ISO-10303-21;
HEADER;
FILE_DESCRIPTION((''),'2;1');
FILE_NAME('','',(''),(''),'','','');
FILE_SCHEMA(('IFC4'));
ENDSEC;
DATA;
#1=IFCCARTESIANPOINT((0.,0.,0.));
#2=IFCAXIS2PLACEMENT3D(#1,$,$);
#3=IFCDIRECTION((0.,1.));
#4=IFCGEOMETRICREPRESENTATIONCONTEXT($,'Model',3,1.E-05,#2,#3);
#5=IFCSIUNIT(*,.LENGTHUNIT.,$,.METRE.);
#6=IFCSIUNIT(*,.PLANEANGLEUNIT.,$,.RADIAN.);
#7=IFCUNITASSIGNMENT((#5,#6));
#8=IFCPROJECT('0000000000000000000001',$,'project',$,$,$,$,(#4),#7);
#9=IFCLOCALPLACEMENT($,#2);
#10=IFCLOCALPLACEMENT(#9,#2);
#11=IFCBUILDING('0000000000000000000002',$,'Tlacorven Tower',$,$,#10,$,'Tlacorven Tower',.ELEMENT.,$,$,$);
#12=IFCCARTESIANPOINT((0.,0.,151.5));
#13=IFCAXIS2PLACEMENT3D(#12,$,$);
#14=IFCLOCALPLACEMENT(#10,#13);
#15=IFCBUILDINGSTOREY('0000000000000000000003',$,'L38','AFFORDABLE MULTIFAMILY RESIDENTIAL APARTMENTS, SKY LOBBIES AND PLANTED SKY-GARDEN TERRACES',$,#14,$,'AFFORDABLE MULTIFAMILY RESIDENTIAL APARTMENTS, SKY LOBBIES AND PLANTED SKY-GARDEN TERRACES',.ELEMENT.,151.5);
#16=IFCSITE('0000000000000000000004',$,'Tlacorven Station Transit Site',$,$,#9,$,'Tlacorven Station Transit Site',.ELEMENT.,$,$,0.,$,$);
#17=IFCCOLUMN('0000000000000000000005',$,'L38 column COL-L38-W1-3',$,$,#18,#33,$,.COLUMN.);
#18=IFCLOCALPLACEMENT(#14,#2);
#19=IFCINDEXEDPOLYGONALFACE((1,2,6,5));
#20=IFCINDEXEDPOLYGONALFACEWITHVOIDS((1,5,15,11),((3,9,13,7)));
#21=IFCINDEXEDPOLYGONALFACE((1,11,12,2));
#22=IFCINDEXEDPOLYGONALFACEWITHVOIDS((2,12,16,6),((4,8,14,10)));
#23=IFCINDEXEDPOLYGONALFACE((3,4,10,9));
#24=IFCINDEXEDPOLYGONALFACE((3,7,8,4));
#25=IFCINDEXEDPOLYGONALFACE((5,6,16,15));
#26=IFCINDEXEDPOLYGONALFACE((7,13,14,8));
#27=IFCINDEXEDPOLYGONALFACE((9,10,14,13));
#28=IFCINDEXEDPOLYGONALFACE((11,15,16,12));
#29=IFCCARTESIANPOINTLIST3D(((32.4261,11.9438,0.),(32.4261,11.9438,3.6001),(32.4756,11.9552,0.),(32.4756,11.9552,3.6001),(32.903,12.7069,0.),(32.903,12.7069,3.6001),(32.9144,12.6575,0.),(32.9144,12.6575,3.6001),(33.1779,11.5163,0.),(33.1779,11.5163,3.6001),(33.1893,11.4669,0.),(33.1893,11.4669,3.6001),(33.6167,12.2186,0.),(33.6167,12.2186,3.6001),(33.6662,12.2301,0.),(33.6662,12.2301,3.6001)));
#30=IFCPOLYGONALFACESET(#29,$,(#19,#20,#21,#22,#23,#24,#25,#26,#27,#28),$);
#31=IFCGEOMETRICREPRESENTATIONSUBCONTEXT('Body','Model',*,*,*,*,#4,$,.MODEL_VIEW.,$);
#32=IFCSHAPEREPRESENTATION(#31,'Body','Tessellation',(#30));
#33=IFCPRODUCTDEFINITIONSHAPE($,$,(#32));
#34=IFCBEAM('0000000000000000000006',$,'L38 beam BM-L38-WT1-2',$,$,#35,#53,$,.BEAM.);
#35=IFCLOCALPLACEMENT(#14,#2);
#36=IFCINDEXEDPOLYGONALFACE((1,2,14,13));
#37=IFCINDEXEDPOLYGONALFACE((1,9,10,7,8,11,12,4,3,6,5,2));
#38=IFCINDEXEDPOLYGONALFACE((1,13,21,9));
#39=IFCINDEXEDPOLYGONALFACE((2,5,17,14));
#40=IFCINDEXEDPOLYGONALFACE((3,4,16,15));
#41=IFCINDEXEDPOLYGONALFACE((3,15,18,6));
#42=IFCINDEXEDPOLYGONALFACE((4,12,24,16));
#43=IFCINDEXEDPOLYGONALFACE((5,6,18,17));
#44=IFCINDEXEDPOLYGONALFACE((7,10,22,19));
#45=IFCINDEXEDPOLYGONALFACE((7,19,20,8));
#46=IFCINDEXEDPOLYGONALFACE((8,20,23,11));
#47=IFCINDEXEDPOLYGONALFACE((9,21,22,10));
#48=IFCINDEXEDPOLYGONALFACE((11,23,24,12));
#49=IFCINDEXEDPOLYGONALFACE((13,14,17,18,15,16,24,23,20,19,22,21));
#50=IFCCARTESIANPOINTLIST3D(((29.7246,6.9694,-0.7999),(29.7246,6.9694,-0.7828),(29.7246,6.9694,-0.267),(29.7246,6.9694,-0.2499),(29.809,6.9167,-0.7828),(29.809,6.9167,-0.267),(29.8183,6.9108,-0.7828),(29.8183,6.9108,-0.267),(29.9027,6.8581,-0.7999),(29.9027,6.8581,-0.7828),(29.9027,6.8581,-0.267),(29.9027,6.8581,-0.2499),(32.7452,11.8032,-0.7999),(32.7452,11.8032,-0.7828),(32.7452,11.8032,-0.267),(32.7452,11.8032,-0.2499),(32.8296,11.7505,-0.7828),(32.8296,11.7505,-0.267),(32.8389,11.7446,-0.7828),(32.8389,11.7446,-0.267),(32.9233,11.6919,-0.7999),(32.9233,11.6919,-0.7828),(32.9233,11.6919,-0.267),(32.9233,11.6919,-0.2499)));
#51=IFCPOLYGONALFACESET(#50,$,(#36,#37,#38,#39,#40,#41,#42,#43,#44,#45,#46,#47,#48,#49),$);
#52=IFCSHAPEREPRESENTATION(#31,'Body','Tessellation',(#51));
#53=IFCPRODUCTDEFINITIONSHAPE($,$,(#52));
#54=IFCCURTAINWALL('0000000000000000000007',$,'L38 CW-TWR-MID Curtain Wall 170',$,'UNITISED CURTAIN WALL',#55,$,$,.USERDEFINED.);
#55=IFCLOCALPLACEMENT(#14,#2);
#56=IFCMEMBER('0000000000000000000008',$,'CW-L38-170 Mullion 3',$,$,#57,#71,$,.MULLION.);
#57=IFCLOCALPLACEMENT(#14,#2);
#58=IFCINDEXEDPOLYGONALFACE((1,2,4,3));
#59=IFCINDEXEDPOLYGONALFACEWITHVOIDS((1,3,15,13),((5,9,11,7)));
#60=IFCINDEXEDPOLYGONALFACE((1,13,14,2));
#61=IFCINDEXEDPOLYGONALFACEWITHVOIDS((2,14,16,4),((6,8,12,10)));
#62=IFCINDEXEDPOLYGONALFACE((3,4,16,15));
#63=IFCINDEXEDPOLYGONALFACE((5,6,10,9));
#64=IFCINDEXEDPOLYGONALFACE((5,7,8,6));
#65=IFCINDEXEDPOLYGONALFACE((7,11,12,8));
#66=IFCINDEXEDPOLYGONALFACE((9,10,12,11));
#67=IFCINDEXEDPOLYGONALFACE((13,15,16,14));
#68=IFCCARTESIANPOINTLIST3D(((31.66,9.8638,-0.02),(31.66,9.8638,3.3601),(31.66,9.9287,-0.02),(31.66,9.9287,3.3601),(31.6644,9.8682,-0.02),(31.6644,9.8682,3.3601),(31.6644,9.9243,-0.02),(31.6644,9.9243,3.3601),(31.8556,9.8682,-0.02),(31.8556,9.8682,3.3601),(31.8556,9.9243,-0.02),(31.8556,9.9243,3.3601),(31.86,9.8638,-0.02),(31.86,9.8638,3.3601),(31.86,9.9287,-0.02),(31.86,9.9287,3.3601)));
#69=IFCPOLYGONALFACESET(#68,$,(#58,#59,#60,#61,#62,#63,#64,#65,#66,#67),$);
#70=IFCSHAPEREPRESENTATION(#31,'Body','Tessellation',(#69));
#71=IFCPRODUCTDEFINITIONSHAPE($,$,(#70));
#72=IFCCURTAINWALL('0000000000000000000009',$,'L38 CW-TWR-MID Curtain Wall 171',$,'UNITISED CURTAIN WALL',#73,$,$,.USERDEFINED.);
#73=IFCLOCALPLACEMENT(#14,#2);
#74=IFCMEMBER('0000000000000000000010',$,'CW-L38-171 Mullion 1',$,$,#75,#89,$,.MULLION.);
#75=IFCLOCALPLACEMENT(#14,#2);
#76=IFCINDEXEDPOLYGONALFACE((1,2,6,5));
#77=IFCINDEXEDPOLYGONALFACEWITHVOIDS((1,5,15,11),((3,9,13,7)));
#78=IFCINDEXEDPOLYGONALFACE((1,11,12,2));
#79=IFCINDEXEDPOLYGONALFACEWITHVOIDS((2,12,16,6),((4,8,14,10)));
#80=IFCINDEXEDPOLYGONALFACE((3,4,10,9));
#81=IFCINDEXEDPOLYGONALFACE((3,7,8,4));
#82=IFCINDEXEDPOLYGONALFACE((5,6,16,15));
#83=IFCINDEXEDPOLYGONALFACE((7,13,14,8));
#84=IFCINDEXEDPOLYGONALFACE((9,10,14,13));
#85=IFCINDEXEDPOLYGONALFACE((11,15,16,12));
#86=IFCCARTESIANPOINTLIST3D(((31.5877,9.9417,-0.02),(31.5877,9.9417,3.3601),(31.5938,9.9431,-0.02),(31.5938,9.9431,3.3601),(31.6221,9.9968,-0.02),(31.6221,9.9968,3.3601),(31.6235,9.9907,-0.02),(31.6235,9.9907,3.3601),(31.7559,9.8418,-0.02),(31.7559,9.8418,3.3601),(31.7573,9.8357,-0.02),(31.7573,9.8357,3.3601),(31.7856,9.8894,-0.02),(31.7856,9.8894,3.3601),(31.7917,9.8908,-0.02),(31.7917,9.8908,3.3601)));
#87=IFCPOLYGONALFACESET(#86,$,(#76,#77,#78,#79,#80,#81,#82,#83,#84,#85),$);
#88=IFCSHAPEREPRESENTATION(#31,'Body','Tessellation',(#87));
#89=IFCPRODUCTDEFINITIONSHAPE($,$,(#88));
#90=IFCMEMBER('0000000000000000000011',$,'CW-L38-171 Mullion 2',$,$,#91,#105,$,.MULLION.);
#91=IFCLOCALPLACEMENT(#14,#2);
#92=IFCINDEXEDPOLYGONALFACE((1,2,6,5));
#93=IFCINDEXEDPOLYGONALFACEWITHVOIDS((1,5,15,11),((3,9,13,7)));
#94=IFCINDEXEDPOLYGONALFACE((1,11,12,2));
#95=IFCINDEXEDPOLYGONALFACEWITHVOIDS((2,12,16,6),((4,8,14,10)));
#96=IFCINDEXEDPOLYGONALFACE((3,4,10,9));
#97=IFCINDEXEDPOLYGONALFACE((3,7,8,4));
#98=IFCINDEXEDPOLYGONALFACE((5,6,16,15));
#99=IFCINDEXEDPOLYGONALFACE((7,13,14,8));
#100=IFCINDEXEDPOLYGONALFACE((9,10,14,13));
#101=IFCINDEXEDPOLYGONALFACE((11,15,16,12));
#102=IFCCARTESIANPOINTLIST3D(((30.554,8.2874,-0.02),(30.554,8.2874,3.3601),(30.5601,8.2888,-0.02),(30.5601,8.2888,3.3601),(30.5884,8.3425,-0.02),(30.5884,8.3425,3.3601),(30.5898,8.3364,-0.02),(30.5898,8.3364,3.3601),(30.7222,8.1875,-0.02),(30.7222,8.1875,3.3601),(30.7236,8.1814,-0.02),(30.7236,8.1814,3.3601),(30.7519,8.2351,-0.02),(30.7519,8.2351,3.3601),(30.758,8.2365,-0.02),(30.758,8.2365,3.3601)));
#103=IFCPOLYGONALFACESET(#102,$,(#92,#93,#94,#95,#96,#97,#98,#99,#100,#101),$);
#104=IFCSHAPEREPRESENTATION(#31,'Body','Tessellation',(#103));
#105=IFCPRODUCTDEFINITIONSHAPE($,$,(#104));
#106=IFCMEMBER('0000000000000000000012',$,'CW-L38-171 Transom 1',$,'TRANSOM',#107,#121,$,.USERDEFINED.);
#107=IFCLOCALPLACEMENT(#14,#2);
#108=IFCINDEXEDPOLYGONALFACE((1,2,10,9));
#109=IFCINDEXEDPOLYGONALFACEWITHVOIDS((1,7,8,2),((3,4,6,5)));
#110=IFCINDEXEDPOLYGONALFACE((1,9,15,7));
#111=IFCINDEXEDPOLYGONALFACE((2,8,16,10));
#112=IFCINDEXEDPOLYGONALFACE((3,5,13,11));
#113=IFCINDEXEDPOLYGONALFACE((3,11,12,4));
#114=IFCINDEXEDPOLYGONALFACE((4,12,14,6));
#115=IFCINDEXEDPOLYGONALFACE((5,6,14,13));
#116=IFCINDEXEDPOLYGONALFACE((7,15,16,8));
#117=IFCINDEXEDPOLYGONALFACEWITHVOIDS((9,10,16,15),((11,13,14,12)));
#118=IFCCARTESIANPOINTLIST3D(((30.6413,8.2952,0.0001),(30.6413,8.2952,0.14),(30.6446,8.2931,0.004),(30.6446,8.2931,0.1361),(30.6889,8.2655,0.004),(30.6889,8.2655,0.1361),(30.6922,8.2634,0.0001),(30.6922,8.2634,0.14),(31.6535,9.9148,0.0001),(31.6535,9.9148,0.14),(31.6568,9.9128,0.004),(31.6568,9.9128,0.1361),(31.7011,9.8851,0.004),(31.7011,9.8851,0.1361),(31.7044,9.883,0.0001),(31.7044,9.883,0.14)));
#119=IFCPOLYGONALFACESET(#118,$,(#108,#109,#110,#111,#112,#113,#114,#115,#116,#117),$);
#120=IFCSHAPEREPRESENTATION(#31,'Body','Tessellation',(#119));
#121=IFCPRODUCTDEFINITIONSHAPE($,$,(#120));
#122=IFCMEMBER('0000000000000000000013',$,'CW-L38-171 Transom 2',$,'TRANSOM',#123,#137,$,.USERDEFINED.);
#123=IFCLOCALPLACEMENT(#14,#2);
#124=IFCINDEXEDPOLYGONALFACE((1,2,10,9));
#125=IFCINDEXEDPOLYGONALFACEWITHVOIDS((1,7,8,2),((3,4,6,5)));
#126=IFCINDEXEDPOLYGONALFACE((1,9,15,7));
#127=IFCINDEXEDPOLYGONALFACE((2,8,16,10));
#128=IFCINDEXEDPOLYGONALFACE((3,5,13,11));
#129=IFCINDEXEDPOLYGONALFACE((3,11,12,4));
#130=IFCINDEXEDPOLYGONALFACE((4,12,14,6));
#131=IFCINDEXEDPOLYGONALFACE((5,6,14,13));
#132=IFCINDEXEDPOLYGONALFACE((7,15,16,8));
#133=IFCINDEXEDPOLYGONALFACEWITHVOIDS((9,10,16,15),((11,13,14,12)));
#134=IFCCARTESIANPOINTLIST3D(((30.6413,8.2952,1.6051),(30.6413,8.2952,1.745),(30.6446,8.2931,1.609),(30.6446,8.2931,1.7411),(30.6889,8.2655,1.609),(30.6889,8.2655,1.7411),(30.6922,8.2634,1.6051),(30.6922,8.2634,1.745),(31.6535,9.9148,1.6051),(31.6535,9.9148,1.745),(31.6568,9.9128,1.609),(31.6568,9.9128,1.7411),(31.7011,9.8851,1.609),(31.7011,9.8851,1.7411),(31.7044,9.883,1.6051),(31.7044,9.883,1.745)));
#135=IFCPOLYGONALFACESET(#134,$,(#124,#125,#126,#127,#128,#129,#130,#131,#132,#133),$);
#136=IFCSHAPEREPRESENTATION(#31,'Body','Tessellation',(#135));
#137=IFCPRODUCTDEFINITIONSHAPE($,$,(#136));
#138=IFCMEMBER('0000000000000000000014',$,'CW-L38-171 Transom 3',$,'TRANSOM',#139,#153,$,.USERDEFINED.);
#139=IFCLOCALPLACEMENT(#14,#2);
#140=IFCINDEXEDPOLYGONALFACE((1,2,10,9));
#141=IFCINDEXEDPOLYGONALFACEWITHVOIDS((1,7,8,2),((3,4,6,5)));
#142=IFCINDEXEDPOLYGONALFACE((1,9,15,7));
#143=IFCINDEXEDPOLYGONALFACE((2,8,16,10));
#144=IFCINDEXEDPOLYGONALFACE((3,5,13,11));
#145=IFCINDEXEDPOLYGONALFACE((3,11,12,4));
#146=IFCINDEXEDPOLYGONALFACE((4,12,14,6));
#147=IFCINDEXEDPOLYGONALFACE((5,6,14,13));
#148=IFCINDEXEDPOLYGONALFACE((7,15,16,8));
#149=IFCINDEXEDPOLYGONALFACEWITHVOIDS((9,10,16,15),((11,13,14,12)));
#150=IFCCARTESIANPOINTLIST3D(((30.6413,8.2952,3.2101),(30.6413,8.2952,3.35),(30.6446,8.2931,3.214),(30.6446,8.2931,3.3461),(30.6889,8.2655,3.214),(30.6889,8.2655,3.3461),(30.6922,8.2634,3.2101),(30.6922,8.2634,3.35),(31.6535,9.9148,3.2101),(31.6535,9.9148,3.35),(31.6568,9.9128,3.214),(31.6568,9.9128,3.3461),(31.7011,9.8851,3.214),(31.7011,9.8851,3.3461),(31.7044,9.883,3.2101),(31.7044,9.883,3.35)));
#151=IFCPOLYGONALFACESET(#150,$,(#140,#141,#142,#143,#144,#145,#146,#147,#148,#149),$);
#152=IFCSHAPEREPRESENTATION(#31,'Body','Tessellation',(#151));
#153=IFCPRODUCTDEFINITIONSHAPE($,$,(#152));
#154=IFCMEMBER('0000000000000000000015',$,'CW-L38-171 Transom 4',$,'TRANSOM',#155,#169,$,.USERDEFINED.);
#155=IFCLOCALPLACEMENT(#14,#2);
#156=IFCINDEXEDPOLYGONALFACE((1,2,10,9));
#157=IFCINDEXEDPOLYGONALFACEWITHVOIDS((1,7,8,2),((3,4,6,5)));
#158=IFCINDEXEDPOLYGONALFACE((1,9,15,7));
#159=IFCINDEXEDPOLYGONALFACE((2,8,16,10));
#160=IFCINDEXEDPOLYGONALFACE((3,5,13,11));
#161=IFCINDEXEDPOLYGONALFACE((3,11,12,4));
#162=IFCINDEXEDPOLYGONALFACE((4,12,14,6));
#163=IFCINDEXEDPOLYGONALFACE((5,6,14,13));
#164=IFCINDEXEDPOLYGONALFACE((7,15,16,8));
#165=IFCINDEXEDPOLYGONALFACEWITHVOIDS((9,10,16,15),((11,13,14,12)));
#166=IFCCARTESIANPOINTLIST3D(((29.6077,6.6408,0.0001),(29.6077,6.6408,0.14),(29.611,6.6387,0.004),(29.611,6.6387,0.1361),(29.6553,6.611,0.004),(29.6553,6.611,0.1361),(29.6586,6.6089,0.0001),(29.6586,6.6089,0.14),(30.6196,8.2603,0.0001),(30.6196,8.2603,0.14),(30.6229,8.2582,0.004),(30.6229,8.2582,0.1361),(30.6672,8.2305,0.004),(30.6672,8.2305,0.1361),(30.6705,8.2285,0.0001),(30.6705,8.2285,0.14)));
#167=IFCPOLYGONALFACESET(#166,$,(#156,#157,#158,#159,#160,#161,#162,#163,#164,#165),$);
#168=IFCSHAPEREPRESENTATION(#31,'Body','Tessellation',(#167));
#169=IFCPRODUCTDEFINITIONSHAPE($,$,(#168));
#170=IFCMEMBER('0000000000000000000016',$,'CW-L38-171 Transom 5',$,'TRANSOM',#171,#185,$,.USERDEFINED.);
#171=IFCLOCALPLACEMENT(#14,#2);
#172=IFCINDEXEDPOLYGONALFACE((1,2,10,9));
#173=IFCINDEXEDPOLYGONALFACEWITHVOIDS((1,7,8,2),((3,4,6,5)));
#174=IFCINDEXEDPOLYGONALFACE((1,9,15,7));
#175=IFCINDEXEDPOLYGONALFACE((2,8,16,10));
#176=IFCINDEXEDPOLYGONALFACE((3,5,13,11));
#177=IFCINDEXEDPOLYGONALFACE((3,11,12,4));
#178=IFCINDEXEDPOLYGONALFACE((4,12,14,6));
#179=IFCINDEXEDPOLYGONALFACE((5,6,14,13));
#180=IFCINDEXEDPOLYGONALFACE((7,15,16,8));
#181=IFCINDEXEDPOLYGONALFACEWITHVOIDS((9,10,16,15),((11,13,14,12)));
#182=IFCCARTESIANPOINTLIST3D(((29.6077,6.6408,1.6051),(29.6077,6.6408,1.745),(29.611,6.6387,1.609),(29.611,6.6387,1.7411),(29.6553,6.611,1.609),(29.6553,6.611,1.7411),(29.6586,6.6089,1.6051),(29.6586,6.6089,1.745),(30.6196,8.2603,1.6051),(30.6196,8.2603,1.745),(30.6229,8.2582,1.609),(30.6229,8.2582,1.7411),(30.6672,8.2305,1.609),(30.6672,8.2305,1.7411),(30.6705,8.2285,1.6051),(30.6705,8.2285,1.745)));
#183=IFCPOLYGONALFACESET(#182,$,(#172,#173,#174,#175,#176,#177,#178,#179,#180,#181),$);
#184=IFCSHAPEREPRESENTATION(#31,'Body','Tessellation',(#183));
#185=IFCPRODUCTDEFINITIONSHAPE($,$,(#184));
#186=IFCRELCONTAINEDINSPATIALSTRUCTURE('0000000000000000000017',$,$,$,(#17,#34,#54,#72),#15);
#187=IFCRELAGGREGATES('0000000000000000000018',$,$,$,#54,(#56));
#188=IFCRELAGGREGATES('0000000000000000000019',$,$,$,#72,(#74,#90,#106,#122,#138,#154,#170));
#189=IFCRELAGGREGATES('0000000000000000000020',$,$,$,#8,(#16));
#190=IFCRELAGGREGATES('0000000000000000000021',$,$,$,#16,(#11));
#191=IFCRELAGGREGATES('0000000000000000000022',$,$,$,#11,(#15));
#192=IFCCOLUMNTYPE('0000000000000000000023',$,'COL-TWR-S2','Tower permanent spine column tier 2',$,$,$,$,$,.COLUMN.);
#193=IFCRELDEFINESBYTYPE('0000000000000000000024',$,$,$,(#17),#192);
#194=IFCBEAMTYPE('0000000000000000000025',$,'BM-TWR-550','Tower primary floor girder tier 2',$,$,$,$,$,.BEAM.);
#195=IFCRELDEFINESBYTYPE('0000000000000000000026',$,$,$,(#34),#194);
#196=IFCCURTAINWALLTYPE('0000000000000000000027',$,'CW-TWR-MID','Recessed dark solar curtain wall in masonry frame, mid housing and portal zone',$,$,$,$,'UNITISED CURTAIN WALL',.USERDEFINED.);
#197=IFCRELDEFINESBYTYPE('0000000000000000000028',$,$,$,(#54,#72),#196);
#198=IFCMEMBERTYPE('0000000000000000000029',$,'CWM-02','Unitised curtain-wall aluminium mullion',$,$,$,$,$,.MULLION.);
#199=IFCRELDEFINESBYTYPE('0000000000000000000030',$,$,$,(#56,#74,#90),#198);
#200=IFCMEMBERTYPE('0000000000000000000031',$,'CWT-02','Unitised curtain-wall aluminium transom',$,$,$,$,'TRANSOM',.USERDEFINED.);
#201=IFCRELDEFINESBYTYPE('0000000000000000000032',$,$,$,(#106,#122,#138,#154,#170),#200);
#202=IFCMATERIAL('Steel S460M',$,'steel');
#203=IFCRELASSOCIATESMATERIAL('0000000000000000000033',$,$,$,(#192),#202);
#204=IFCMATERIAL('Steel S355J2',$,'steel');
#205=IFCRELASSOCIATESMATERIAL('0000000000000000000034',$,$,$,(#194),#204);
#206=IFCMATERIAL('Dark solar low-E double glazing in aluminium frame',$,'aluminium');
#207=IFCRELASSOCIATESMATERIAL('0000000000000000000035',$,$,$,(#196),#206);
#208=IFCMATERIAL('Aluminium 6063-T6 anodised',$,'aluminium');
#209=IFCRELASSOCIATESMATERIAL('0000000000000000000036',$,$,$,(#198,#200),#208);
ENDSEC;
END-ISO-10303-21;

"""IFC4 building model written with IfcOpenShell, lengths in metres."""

from ifc_helpers import new_model, si_unit, direction, frame, origin, origin_2d, place, context, subcontext, project, spatial, hollow_rectangle, i_section, extrude, source, transform, mapped, material, material_profile, profile_set, type_object, element, aggregate, save


model = new_model("IFC4")

# Units and contexts
model_context = context("Model", 3, precision=1e-05, world=origin(), true_north=direction((0.0, 1.0)))
body_context = subcontext(model_context, "Body", "Model", "MODEL_VIEW")
ifc_project = project(units=[si_unit("LENGTHUNIT", "METRE"), si_unit("PLANEANGLEUNIT", "RADIAN")], contexts=[model_context])

# Site, building, storey
site_placement = place(None, origin())
site = spatial("IfcSite", under=ifc_project, at=site_placement, Name="Tlacorven Station Transit Site", LongName="Tlacorven Station Transit Site", CompositionType="ELEMENT", RefElevation=0.0)
building_placement = place(site_placement, origin())
building = spatial("IfcBuilding", under=site, at=building_placement, Name="Tlacorven Tower", LongName="Tlacorven Tower", CompositionType="ELEMENT")
storey_placement = place(building_placement, frame((0.0, 0.0, 151.5)))
storey = spatial("IfcBuildingStorey", under=building, at=storey_placement, Name="L38", Description="AFFORDABLE MULTIFAMILY RESIDENTIAL APARTMENTS, SKY LOBBIES AND PLANTED SKY-GARDEN TERRACES", LongName="AFFORDABLE MULTIFAMILY RESIDENTIAL APARTMENTS, SKY LOBBIES AND PLANTED SKY-GARDEN TERRACES", CompositionType="ELEMENT", Elevation=151.5)

# Column
ifc_material_1 = material(Name="Steel S460M", Category="steel")
ifc_material_profile_1 = material_profile(ifc_material_1, hollow_rectangle(XDim=0.8999, YDim=0.8999, WallThickness=0.0359, at=origin_2d()), Name="BOX 900X900X36")
ifc_profile_set_1 = profile_set([ifc_material_profile_1], Name="Steel S460M")
column_type = type_object("IfcColumnType", Name="COL-TWR-S2", Description="Tower permanent spine column tier 2", PredefinedType="COLUMN", material=ifc_profile_set_1)
shared_shape_1 = source(origin(), body_context, "Body", "SweptSolid", [
    extrude(hollow_rectangle(XDim=0.8999, YDim=0.8999, WallThickness=0.0359, at=origin_2d()), origin(), (0.0, 0.0, 1.0), 3.6001),
])
column_placement = place(storey_placement, frame((33.0461, 12.0869, 0.0), z_axis=(0.0, 0.0, 1.0), x_axis=(-0.848048, 0.529919, 0.0)))
element("IfcColumn", 1, at=column_placement, inside=storey, type_object=column_type, Name="L38 column COL-L38-W1-3", PredefinedType="COLUMN", context=body_context, shape_type="MappedRepresentation", body=[
    mapped(shared_shape_1, transform((0.0, 0.0, 0.0), scale=1.0)),
])

# Beam
ifc_material_2 = material(Name="Steel S355J2", Category="steel")
ifc_material_profile_2 = material_profile(ifc_material_2, i_section(OverallWidth=0.21, OverallDepth=0.55, WebThickness=0.011, FlangeThickness=0.0171, at=origin_2d()), Name="IPE 550")
ifc_profile_set_2 = profile_set([ifc_material_profile_2], Name="Steel S355J2")
beam_type = type_object("IfcBeamType", Name="BM-TWR-550", Description="Tower primary floor girder tier 2", PredefinedType="BEAM", material=ifc_profile_set_2)
shared_shape_2 = source(origin(), body_context, "Body", "SweptSolid", [
    extrude(i_section(OverallWidth=0.21, OverallDepth=0.55, WebThickness=0.011, FlangeThickness=0.0171, at=origin_2d()), origin(), (0.0, 0.0, 1.0), 5.7),
])
beam_placement = place(storey_placement, frame((32.8342, 11.7476, -0.5249), z_axis=(-0.529926, -0.848044, 0.0), x_axis=(0.848044, -0.529926, 0.0)))
element("IfcBeam", 2, at=beam_placement, inside=storey, type_object=beam_type, Name="L38 beam BM-L38-WT1-2", PredefinedType="BEAM", context=body_context, shape_type="MappedRepresentation", body=[
    mapped(shared_shape_2, transform((0.0, 0.0, 0.0), scale=1.0)),
])

# Curtain wall, member
ifc_material_3 = material(Name="Dark solar low-E double glazing in aluminium frame", Category="aluminium")
curtain_wall_type = type_object("IfcCurtainWallType", Name="CW-TWR-MID", Description="Recessed dark solar curtain wall in masonry frame, mid housing and portal zone", ElementType="UNITISED CURTAIN WALL", PredefinedType="USERDEFINED", material=ifc_material_3)
curtain_wall_1_placement = place(storey_placement, origin())
curtain_wall_1 = element("IfcCurtainWall", 3, at=curtain_wall_1_placement, inside=storey, type_object=curtain_wall_type, Name="L38 CW-TWR-MID Curtain Wall 170", ObjectType="UNITISED CURTAIN WALL", PredefinedType="USERDEFINED")
ifc_material_4 = material(Name="Aluminium 6063-T6 anodised", Category="aluminium")
ifc_material_profile_3 = material_profile(ifc_material_4, hollow_rectangle(XDim=0.0649, YDim=0.2, WallThickness=0.0044, at=origin_2d()), Name="ALU MULLION 65X200")
ifc_profile_set_3 = profile_set([ifc_material_profile_3], Name="Aluminium 6063-T6 anodised")
member_type_1 = type_object("IfcMemberType", Name="CWM-02", Description="Unitised curtain-wall aluminium mullion", PredefinedType="MULLION", material=ifc_profile_set_3)
shared_shape_3 = source(origin(), body_context, "Body", "SweptSolid", [
    extrude(hollow_rectangle(XDim=0.0649, YDim=0.2, WallThickness=0.0044, at=origin_2d()), origin(), (0.0, 0.0, 1.0), 3.3801),
])
member_1_placement = place(storey_placement, frame((31.76, 9.8962, -0.02), z_axis=(0.0, 0.0, 1.0), x_axis=(0.0, 1.0, 0.0)))
member_1 = element("IfcMember", 4, at=member_1_placement, type_object=member_type_1, Name="CW-L38-170 Mullion 3", PredefinedType="MULLION", context=body_context, shape_type="MappedRepresentation", body=[
    mapped(shared_shape_3, transform((0.0, 0.0, 0.0), scale=1.0)),
])

# Curtain wall, members
curtain_wall_2_placement = place(storey_placement, origin())
curtain_wall_2 = element("IfcCurtainWall", 5, at=curtain_wall_2_placement, inside=storey, type_object=curtain_wall_type, Name="L38 CW-TWR-MID Curtain Wall 171", ObjectType="UNITISED CURTAIN WALL", PredefinedType="USERDEFINED")
member_2_placement = place(storey_placement, frame((31.6897, 9.9163, -0.02), z_axis=(0.0, 0.0, 1.0), x_axis=(-0.529919, -0.848048, 0.0)))
member_2 = element("IfcMember", 6, at=member_2_placement, type_object=member_type_1, Name="CW-L38-171 Mullion 1", PredefinedType="MULLION", context=body_context, shape_type="MappedRepresentation", body=[
    mapped(shared_shape_3, transform((0.0, 0.0, 0.0), scale=1.0)),
])
member_3_placement = place(storey_placement, frame((30.656, 8.262, -0.02), z_axis=(0.0, 0.0, 1.0), x_axis=(-0.529919, -0.848048, 0.0)))
member_3 = element("IfcMember", 7, at=member_3_placement, type_object=member_type_1, Name="CW-L38-171 Mullion 2", PredefinedType="MULLION", context=body_context, shape_type="MappedRepresentation", body=[
    mapped(shared_shape_3, transform((0.0, 0.0, 0.0), scale=1.0)),
])
ifc_material_profile_4 = material_profile(ifc_material_4, hollow_rectangle(XDim=0.0601, YDim=0.1399, WallThickness=0.0039, at=origin_2d()), Name="ALU TRANSOM 60X140")
ifc_profile_set_4 = profile_set([ifc_material_profile_4], Name="Aluminium 6063-T6 anodised")
member_type_2 = type_object("IfcMemberType", Name="CWT-02", Description="Unitised curtain-wall aluminium transom", ElementType="TRANSOM", PredefinedType="USERDEFINED", material=ifc_profile_set_4)
shared_shape_4 = source(origin(), body_context, "Body", "SweptSolid", [
    extrude(hollow_rectangle(XDim=0.0601, YDim=0.1399, WallThickness=0.0039, at=origin_2d()), origin(), (0.0, 0.0, 1.0), 1.9099),
])
member_4_placement = place(storey_placement, frame((31.679, 9.8989, 0.0701), z_axis=(-0.529976, -0.848013, 0.0), x_axis=(0.848013, -0.529976, 0.0)))
member_4 = element("IfcMember", 8, at=member_4_placement, type_object=member_type_2, Name="CW-L38-171 Transom 1", ObjectType="TRANSOM", PredefinedType="USERDEFINED", context=body_context, shape_type="MappedRepresentation", body=[
    mapped(shared_shape_4, transform((0.0, 0.0, 0.0), scale=1.0)),
])
member_5_placement = place(storey_placement, frame((31.679, 9.8989, 1.675), z_axis=(-0.529976, -0.848013, 0.0), x_axis=(0.848013, -0.529976, 0.0)))
member_5 = element("IfcMember", 9, at=member_5_placement, type_object=member_type_2, Name="CW-L38-171 Transom 2", ObjectType="TRANSOM", PredefinedType="USERDEFINED", context=body_context, shape_type="MappedRepresentation", body=[
    mapped(shared_shape_4, transform((0.0, 0.0, 0.0), scale=1.0)),
])
member_6_placement = place(storey_placement, frame((31.679, 9.8989, 3.28), z_axis=(-0.529976, -0.848013, 0.0), x_axis=(0.848013, -0.529976, 0.0)))
member_6 = element("IfcMember", 10, at=member_6_placement, type_object=member_type_2, Name="CW-L38-171 Transom 3", ObjectType="TRANSOM", PredefinedType="USERDEFINED", context=body_context, shape_type="MappedRepresentation", body=[
    mapped(shared_shape_4, transform((0.0, 0.0, 0.0), scale=1.0)),
])
shared_shape_5 = source(origin(), body_context, "Body", "SweptSolid", [
    extrude(hollow_rectangle(XDim=0.0601, YDim=0.1399, WallThickness=0.0039, at=origin_2d()), origin(), (0.0, 0.0, 1.0), 1.9097),
])
member_7_placement = place(storey_placement, frame((30.645, 8.2444, 0.0701), z_axis=(-0.529884, -0.84807, 0.0), x_axis=(0.84807, -0.529884, 0.0)))
member_7 = element("IfcMember", 11, at=member_7_placement, type_object=member_type_2, Name="CW-L38-171 Transom 4", ObjectType="TRANSOM", PredefinedType="USERDEFINED", context=body_context, shape_type="MappedRepresentation", body=[
    mapped(shared_shape_5, transform((0.0, 0.0, 0.0), scale=1.0)),
])
member_8_placement = place(storey_placement, frame((30.645, 8.2444, 1.675), z_axis=(-0.529884, -0.84807, 0.0), x_axis=(0.84807, -0.529884, 0.0)))
member_8 = element("IfcMember", 12, at=member_8_placement, type_object=member_type_2, Name="CW-L38-171 Transom 5", ObjectType="TRANSOM", PredefinedType="USERDEFINED", context=body_context, shape_type="MappedRepresentation", body=[
    mapped(shared_shape_5, transform((0.0, 0.0, 0.0), scale=1.0)),
])

aggregate(curtain_wall_1, [member_1])
aggregate(curtain_wall_2, [member_2, member_3, member_4, member_5, member_6, member_7, member_8])

save(model, "model.ifc")
